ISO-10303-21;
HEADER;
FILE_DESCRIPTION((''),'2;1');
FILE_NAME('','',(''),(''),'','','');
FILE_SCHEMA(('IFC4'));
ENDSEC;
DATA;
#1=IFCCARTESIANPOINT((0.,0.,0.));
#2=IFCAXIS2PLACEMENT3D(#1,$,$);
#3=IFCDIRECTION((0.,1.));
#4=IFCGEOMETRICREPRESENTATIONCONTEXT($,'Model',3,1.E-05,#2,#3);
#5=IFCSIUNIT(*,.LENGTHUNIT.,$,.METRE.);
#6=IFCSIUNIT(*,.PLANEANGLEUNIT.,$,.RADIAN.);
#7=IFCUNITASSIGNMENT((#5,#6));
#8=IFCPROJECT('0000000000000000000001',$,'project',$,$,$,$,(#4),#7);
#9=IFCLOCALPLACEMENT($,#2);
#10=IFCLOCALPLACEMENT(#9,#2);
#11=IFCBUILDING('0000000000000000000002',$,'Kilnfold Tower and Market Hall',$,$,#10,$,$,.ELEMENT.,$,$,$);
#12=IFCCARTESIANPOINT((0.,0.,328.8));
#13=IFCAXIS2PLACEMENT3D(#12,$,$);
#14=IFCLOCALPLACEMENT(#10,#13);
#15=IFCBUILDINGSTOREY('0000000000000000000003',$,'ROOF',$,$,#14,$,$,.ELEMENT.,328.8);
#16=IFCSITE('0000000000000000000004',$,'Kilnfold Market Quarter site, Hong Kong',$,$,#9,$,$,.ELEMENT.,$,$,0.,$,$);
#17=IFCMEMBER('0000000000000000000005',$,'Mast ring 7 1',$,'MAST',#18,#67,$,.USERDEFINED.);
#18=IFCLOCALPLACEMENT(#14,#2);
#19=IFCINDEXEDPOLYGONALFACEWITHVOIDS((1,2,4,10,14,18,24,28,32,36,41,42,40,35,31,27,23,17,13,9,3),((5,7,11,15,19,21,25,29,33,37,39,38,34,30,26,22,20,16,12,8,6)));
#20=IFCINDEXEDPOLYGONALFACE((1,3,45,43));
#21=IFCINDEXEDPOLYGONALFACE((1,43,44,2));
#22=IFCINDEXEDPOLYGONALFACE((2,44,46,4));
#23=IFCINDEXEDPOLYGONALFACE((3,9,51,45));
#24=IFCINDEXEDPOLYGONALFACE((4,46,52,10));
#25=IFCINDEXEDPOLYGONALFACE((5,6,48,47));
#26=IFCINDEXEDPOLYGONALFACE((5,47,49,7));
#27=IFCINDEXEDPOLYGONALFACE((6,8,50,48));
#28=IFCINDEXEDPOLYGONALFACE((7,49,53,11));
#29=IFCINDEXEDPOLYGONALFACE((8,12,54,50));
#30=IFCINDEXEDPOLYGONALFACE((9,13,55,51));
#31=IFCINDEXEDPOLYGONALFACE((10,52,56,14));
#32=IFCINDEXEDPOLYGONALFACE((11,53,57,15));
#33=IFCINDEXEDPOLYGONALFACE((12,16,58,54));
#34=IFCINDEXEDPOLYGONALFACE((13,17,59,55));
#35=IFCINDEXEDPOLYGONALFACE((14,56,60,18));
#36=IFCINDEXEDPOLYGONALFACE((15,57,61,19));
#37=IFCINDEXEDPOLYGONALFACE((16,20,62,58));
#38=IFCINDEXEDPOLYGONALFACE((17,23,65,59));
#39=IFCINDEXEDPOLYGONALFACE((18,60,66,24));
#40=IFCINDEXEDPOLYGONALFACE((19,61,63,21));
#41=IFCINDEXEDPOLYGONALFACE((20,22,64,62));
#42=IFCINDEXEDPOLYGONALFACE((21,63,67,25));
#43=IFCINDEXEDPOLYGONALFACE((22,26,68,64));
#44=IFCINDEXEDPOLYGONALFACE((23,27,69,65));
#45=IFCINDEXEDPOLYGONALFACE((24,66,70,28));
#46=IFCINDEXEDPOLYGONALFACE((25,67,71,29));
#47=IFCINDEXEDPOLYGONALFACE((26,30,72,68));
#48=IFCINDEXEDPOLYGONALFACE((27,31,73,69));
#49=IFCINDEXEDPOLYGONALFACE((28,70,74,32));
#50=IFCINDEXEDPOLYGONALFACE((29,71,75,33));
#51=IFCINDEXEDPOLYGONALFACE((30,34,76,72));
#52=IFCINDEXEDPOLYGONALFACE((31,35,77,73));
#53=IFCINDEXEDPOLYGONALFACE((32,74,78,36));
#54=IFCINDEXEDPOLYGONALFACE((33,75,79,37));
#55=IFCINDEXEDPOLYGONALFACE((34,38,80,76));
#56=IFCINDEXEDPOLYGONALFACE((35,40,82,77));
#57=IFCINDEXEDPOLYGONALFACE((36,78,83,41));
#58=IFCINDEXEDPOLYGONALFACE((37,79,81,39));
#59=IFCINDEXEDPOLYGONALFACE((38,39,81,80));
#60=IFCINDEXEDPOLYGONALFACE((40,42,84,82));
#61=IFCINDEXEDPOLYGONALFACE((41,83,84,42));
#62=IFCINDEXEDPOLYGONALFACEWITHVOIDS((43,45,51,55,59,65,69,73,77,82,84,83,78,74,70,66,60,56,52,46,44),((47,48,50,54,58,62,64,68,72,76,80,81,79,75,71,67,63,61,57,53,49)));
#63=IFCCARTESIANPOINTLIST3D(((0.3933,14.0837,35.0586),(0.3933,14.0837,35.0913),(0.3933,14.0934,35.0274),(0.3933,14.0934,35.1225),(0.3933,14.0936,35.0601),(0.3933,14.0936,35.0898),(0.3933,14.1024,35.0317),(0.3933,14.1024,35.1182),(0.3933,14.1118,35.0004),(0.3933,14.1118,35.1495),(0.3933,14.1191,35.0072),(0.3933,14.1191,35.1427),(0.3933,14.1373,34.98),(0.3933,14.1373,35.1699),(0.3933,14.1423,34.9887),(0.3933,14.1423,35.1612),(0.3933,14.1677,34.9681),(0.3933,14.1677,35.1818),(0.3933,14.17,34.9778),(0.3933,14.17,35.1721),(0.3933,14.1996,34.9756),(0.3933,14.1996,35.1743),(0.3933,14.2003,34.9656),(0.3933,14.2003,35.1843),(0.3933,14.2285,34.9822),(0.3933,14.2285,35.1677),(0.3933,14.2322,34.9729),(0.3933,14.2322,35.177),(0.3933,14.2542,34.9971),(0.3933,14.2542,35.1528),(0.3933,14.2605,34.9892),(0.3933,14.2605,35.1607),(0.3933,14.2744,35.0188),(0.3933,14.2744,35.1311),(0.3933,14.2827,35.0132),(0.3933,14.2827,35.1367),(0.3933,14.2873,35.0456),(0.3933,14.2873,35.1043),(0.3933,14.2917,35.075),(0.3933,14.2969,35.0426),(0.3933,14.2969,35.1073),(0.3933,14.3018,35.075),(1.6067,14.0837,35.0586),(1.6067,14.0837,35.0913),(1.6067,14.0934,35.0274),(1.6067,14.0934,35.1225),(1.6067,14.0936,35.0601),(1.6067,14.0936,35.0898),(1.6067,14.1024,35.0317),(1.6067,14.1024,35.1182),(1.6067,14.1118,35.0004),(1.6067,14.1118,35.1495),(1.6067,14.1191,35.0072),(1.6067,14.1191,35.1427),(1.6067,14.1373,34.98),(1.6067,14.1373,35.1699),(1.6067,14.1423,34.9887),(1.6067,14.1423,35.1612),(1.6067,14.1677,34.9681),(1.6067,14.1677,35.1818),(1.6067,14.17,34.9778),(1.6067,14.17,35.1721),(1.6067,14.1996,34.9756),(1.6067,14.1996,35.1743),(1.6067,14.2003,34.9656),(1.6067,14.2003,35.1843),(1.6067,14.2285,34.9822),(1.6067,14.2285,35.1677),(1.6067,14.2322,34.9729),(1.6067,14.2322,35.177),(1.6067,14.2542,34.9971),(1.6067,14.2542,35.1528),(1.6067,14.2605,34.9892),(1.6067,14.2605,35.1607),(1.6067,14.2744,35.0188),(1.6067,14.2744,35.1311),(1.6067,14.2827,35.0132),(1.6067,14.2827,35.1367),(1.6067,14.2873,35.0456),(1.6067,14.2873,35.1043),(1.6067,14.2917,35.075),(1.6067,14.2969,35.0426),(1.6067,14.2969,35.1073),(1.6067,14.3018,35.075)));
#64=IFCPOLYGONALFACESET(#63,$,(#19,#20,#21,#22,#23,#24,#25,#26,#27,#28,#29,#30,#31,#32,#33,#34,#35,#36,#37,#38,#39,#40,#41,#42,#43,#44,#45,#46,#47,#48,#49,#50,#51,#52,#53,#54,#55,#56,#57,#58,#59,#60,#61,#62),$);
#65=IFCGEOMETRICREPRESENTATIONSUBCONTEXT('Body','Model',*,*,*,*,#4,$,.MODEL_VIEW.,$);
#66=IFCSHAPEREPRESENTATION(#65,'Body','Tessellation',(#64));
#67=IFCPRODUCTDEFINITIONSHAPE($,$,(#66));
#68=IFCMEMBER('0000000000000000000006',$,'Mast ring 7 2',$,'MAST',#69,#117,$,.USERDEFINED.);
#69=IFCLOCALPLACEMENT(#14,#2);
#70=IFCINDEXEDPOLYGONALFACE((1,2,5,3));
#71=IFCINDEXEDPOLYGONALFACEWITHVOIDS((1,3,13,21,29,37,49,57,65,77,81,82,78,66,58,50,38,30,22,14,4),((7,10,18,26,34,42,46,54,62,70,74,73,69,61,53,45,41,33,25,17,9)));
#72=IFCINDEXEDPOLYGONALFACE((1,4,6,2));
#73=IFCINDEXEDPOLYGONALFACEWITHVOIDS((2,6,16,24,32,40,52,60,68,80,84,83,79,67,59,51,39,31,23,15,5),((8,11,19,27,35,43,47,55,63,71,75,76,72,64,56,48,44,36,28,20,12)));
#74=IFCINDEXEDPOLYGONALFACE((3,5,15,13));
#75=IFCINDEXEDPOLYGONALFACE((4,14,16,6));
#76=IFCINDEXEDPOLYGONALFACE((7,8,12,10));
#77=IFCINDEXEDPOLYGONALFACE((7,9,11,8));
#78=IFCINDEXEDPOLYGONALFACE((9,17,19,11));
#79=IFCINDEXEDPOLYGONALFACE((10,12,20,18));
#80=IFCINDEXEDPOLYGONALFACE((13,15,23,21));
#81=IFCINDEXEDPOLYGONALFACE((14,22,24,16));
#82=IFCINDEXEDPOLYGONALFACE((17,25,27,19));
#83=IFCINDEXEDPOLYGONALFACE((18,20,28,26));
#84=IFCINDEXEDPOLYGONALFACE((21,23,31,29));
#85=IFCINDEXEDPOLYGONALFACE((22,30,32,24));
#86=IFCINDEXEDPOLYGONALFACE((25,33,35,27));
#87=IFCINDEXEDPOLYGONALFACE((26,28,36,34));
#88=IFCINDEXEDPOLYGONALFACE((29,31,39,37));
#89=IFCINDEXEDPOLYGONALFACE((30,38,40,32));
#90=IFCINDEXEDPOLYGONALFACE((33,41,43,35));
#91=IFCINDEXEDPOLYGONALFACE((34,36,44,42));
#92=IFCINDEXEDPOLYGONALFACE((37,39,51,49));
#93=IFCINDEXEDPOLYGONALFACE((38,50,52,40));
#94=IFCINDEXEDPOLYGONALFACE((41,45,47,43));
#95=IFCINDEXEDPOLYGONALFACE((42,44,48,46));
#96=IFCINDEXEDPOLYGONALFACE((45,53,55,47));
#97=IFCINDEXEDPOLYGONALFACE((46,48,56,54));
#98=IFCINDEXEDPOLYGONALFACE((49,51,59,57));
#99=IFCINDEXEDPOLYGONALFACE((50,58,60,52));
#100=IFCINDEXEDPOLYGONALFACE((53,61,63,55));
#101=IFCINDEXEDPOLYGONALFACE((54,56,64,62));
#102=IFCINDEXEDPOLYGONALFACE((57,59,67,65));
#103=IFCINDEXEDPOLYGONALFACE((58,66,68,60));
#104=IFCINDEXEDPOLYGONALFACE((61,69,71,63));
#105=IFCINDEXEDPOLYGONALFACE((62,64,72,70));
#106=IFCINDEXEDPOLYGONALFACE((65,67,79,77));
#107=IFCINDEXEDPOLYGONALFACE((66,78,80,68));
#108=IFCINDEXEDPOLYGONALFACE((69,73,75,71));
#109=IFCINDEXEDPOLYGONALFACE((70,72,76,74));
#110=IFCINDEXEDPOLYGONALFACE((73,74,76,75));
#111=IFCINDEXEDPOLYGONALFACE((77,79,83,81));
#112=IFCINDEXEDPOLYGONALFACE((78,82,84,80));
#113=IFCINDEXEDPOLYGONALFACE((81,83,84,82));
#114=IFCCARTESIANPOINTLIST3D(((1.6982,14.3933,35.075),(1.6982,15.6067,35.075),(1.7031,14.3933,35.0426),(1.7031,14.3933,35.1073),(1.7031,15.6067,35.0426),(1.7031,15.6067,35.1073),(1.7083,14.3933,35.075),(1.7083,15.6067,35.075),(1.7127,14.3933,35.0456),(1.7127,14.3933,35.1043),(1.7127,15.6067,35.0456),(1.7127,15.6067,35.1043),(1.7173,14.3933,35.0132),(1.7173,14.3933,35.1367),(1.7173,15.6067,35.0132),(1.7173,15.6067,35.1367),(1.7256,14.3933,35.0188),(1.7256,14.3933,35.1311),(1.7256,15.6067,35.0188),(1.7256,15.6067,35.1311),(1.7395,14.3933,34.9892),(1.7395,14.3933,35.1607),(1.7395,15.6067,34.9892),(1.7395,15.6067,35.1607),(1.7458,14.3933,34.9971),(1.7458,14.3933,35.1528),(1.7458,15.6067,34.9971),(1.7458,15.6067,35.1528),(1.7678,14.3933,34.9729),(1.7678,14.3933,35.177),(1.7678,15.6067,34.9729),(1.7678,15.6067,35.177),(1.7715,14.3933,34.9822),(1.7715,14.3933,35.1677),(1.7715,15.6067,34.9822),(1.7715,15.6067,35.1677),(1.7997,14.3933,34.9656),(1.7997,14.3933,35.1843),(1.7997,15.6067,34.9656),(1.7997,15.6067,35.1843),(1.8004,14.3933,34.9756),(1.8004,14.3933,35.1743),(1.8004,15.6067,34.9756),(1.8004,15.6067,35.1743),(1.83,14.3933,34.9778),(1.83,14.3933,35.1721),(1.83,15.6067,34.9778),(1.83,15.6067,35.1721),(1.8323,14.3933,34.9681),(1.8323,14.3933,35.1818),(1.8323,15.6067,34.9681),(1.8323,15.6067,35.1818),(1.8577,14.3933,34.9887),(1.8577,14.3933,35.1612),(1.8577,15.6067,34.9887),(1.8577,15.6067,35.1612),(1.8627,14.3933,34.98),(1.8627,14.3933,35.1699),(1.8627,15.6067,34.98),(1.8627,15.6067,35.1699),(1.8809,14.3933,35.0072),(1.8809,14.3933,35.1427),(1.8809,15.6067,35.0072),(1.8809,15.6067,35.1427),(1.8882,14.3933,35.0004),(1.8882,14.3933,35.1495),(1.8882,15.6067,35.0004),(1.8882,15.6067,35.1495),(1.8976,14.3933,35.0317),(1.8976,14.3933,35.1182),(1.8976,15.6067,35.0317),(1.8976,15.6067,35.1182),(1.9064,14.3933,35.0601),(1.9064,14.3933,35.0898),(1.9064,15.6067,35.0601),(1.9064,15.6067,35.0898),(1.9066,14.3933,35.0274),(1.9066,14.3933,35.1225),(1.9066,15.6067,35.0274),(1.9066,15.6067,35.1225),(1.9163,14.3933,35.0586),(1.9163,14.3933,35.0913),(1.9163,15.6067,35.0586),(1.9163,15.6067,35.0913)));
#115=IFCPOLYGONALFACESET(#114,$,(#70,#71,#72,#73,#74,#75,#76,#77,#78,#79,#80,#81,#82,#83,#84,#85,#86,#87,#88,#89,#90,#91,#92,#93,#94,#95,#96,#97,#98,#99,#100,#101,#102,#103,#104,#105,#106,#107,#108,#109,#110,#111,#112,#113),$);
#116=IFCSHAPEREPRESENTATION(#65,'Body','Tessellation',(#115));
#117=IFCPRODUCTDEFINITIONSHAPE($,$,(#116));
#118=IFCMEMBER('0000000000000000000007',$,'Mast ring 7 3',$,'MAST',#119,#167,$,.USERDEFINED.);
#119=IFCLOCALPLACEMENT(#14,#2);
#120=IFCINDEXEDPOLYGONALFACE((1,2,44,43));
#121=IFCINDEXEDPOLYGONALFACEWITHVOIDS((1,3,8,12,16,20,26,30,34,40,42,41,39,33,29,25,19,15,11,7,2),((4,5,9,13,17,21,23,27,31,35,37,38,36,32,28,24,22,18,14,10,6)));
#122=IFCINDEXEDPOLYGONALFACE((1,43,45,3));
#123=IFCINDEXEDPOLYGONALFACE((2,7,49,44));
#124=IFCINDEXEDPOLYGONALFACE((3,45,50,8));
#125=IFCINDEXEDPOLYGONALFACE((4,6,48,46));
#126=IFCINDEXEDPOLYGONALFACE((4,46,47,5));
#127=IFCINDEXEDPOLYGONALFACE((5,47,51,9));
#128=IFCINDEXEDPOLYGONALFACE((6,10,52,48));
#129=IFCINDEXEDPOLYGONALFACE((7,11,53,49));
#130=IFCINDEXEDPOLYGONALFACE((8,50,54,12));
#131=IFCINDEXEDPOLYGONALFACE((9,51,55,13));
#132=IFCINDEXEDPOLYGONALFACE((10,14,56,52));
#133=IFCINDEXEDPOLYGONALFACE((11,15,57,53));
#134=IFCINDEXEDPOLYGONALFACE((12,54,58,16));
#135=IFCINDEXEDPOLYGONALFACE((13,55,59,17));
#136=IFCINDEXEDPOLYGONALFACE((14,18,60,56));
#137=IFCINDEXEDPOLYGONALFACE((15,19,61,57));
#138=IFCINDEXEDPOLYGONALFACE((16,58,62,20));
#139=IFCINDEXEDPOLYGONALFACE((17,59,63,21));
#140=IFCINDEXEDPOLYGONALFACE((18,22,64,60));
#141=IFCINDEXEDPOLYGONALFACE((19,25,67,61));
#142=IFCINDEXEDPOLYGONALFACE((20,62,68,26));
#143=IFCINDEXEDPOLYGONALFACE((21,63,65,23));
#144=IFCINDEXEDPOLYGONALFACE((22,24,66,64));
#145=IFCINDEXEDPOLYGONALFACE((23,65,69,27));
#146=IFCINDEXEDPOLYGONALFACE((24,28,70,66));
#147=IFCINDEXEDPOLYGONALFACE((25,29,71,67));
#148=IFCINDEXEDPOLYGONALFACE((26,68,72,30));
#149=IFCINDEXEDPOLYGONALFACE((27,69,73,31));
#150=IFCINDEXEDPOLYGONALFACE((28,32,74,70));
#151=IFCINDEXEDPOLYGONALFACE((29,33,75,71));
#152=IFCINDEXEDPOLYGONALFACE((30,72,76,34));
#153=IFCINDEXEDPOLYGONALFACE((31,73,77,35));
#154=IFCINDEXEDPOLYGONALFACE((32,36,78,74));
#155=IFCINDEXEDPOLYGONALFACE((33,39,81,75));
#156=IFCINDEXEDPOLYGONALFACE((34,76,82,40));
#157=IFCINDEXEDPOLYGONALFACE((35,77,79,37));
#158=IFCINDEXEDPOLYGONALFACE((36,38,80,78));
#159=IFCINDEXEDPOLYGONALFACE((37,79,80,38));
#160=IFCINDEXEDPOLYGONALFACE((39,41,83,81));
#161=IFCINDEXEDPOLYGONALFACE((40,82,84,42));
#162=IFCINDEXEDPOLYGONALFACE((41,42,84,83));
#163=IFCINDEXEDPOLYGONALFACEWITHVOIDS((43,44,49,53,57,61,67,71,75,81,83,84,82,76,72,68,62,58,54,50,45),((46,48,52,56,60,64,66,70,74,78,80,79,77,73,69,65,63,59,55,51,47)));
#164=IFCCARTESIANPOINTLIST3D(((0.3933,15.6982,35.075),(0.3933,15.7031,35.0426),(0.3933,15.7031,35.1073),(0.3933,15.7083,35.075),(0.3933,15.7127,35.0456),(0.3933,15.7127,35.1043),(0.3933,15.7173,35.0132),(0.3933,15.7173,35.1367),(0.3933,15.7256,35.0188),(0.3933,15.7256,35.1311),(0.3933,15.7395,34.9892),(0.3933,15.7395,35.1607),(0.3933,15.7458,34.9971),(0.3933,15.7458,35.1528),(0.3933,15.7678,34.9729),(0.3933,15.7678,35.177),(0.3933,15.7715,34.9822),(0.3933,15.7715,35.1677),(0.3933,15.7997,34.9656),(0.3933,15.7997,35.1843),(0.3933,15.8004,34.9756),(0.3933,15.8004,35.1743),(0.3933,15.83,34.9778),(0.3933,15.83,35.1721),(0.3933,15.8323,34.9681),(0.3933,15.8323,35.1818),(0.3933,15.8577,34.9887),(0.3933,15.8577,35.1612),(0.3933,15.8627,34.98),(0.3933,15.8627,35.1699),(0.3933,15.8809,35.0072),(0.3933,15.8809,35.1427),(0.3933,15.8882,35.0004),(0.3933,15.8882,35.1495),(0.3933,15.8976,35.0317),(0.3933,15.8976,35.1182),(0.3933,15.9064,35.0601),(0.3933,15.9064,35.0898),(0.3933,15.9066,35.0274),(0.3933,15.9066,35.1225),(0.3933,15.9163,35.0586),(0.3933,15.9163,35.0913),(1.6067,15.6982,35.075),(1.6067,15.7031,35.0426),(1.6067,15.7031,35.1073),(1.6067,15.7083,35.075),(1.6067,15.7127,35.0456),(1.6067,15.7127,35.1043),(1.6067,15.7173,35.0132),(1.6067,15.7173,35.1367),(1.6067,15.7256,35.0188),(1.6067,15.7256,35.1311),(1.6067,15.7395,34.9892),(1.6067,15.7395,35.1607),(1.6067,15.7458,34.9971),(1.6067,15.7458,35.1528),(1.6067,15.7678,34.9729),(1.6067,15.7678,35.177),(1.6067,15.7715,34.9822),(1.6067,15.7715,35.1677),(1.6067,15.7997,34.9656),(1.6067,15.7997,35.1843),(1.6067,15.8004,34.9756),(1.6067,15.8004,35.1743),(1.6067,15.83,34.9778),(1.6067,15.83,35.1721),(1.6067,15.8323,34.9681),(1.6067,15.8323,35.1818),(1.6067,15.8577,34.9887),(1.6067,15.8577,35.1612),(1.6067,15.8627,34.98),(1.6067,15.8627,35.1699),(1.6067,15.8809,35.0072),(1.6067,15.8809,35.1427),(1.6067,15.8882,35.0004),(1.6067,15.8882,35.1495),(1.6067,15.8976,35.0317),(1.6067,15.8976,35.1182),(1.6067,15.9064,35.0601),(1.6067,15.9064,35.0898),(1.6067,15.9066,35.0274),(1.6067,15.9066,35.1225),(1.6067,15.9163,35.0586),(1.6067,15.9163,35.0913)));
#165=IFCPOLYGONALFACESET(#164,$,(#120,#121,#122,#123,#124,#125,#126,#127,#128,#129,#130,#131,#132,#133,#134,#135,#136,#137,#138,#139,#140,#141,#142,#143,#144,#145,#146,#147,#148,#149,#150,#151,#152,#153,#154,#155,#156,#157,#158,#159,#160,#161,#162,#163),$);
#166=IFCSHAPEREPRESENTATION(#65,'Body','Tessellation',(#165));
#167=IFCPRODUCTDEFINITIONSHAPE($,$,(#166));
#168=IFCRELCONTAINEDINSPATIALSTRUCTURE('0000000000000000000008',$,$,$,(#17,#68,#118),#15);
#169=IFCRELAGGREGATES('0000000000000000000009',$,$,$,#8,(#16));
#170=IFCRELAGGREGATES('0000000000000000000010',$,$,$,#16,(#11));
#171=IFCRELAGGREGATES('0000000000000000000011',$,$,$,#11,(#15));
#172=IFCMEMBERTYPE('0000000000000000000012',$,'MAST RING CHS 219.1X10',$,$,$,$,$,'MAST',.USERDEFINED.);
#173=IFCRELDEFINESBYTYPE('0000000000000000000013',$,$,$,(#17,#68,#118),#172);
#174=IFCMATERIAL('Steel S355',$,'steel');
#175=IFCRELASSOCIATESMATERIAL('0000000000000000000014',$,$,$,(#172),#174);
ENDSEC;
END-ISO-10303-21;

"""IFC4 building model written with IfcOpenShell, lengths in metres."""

from ifc_helpers import new_model, si_unit, direction, frame, origin, origin_2d, place, context, subcontext, project, spatial, hollow_circle, extrude, source, transform, mapped, material, material_profile, profile_set, type_object, element, save


model = new_model("IFC4")

# Units and contexts
model_context = context("Model", 3, precision=1e-05, world=origin(), true_north=direction((0.0, 1.0)))
body_context = subcontext(model_context, "Body", "Model", "MODEL_VIEW")
ifc_project = project(units=[si_unit("LENGTHUNIT", "METRE"), si_unit("PLANEANGLEUNIT", "RADIAN")], contexts=[model_context])

# Site, building, storey
site_placement = place(None, origin())
site = spatial("IfcSite", under=ifc_project, at=site_placement, Name="Kilnfold Market Quarter site, Hong Kong", CompositionType="ELEMENT", RefElevation=0.0)
building_placement = place(site_placement, origin())
building = spatial("IfcBuilding", under=site, at=building_placement, Name="Kilnfold Tower and Market Hall", CompositionType="ELEMENT")
storey_placement = place(building_placement, frame((0.0, 0.0, 328.8)))
storey = spatial("IfcBuildingStorey", under=building, at=storey_placement, Name="ROOF", CompositionType="ELEMENT", Elevation=328.8)

# Members
ifc_material_1 = material(Name="Steel S355", Category="steel")
ifc_material_profile_1 = material_profile(ifc_material_1, hollow_circle(Radius=0.1096, WallThickness=0.01, at=origin_2d()), Name="CHS 219.1x10")
ifc_profile_set_1 = profile_set([ifc_material_profile_1], Name="Steel S355")
member_type_1 = type_object("IfcMemberType", Name="MAST RING CHS 219.1X10", ElementType="MAST", PredefinedType="USERDEFINED", material=ifc_profile_set_1)
shared_shape_1 = source(origin(), body_context, "Body", "SweptSolid", [
    extrude(hollow_circle(Radius=0.1096, WallThickness=0.01, at=origin_2d()), origin(), (0.0, 0.0, 1.0), 1.2134),
])
for number, where, z_axis, x_axis, name in (
    (1, (0.3933, 14.1921, 35.075), (1.0, 0.0, 0.0), (0.0, 1.0, 0.0), "Mast ring 7 1"),
    (2, (1.8079, 14.3933, 35.075), (0.0, 1.0, 0.0), (-1.0, 0.0, 0.0), "Mast ring 7 2"),
    (3, (1.6067, 15.8079, 35.075), (-1.0, 0.0, 0.0), (0.0, -1.0, 0.0), "Mast ring 7 3"),
):
    element("IfcMember", number, at=place(storey_placement, frame(where, z_axis=z_axis, x_axis=x_axis)), inside=storey, type_object=member_type_1, Name=name, ObjectType="MAST", PredefinedType="USERDEFINED", context=body_context, shape_type="MappedRepresentation", body=[
        mapped(shared_shape_1, transform((0.0, 0.0, 0.0))),
    ])

save(model, "model.ifc")
